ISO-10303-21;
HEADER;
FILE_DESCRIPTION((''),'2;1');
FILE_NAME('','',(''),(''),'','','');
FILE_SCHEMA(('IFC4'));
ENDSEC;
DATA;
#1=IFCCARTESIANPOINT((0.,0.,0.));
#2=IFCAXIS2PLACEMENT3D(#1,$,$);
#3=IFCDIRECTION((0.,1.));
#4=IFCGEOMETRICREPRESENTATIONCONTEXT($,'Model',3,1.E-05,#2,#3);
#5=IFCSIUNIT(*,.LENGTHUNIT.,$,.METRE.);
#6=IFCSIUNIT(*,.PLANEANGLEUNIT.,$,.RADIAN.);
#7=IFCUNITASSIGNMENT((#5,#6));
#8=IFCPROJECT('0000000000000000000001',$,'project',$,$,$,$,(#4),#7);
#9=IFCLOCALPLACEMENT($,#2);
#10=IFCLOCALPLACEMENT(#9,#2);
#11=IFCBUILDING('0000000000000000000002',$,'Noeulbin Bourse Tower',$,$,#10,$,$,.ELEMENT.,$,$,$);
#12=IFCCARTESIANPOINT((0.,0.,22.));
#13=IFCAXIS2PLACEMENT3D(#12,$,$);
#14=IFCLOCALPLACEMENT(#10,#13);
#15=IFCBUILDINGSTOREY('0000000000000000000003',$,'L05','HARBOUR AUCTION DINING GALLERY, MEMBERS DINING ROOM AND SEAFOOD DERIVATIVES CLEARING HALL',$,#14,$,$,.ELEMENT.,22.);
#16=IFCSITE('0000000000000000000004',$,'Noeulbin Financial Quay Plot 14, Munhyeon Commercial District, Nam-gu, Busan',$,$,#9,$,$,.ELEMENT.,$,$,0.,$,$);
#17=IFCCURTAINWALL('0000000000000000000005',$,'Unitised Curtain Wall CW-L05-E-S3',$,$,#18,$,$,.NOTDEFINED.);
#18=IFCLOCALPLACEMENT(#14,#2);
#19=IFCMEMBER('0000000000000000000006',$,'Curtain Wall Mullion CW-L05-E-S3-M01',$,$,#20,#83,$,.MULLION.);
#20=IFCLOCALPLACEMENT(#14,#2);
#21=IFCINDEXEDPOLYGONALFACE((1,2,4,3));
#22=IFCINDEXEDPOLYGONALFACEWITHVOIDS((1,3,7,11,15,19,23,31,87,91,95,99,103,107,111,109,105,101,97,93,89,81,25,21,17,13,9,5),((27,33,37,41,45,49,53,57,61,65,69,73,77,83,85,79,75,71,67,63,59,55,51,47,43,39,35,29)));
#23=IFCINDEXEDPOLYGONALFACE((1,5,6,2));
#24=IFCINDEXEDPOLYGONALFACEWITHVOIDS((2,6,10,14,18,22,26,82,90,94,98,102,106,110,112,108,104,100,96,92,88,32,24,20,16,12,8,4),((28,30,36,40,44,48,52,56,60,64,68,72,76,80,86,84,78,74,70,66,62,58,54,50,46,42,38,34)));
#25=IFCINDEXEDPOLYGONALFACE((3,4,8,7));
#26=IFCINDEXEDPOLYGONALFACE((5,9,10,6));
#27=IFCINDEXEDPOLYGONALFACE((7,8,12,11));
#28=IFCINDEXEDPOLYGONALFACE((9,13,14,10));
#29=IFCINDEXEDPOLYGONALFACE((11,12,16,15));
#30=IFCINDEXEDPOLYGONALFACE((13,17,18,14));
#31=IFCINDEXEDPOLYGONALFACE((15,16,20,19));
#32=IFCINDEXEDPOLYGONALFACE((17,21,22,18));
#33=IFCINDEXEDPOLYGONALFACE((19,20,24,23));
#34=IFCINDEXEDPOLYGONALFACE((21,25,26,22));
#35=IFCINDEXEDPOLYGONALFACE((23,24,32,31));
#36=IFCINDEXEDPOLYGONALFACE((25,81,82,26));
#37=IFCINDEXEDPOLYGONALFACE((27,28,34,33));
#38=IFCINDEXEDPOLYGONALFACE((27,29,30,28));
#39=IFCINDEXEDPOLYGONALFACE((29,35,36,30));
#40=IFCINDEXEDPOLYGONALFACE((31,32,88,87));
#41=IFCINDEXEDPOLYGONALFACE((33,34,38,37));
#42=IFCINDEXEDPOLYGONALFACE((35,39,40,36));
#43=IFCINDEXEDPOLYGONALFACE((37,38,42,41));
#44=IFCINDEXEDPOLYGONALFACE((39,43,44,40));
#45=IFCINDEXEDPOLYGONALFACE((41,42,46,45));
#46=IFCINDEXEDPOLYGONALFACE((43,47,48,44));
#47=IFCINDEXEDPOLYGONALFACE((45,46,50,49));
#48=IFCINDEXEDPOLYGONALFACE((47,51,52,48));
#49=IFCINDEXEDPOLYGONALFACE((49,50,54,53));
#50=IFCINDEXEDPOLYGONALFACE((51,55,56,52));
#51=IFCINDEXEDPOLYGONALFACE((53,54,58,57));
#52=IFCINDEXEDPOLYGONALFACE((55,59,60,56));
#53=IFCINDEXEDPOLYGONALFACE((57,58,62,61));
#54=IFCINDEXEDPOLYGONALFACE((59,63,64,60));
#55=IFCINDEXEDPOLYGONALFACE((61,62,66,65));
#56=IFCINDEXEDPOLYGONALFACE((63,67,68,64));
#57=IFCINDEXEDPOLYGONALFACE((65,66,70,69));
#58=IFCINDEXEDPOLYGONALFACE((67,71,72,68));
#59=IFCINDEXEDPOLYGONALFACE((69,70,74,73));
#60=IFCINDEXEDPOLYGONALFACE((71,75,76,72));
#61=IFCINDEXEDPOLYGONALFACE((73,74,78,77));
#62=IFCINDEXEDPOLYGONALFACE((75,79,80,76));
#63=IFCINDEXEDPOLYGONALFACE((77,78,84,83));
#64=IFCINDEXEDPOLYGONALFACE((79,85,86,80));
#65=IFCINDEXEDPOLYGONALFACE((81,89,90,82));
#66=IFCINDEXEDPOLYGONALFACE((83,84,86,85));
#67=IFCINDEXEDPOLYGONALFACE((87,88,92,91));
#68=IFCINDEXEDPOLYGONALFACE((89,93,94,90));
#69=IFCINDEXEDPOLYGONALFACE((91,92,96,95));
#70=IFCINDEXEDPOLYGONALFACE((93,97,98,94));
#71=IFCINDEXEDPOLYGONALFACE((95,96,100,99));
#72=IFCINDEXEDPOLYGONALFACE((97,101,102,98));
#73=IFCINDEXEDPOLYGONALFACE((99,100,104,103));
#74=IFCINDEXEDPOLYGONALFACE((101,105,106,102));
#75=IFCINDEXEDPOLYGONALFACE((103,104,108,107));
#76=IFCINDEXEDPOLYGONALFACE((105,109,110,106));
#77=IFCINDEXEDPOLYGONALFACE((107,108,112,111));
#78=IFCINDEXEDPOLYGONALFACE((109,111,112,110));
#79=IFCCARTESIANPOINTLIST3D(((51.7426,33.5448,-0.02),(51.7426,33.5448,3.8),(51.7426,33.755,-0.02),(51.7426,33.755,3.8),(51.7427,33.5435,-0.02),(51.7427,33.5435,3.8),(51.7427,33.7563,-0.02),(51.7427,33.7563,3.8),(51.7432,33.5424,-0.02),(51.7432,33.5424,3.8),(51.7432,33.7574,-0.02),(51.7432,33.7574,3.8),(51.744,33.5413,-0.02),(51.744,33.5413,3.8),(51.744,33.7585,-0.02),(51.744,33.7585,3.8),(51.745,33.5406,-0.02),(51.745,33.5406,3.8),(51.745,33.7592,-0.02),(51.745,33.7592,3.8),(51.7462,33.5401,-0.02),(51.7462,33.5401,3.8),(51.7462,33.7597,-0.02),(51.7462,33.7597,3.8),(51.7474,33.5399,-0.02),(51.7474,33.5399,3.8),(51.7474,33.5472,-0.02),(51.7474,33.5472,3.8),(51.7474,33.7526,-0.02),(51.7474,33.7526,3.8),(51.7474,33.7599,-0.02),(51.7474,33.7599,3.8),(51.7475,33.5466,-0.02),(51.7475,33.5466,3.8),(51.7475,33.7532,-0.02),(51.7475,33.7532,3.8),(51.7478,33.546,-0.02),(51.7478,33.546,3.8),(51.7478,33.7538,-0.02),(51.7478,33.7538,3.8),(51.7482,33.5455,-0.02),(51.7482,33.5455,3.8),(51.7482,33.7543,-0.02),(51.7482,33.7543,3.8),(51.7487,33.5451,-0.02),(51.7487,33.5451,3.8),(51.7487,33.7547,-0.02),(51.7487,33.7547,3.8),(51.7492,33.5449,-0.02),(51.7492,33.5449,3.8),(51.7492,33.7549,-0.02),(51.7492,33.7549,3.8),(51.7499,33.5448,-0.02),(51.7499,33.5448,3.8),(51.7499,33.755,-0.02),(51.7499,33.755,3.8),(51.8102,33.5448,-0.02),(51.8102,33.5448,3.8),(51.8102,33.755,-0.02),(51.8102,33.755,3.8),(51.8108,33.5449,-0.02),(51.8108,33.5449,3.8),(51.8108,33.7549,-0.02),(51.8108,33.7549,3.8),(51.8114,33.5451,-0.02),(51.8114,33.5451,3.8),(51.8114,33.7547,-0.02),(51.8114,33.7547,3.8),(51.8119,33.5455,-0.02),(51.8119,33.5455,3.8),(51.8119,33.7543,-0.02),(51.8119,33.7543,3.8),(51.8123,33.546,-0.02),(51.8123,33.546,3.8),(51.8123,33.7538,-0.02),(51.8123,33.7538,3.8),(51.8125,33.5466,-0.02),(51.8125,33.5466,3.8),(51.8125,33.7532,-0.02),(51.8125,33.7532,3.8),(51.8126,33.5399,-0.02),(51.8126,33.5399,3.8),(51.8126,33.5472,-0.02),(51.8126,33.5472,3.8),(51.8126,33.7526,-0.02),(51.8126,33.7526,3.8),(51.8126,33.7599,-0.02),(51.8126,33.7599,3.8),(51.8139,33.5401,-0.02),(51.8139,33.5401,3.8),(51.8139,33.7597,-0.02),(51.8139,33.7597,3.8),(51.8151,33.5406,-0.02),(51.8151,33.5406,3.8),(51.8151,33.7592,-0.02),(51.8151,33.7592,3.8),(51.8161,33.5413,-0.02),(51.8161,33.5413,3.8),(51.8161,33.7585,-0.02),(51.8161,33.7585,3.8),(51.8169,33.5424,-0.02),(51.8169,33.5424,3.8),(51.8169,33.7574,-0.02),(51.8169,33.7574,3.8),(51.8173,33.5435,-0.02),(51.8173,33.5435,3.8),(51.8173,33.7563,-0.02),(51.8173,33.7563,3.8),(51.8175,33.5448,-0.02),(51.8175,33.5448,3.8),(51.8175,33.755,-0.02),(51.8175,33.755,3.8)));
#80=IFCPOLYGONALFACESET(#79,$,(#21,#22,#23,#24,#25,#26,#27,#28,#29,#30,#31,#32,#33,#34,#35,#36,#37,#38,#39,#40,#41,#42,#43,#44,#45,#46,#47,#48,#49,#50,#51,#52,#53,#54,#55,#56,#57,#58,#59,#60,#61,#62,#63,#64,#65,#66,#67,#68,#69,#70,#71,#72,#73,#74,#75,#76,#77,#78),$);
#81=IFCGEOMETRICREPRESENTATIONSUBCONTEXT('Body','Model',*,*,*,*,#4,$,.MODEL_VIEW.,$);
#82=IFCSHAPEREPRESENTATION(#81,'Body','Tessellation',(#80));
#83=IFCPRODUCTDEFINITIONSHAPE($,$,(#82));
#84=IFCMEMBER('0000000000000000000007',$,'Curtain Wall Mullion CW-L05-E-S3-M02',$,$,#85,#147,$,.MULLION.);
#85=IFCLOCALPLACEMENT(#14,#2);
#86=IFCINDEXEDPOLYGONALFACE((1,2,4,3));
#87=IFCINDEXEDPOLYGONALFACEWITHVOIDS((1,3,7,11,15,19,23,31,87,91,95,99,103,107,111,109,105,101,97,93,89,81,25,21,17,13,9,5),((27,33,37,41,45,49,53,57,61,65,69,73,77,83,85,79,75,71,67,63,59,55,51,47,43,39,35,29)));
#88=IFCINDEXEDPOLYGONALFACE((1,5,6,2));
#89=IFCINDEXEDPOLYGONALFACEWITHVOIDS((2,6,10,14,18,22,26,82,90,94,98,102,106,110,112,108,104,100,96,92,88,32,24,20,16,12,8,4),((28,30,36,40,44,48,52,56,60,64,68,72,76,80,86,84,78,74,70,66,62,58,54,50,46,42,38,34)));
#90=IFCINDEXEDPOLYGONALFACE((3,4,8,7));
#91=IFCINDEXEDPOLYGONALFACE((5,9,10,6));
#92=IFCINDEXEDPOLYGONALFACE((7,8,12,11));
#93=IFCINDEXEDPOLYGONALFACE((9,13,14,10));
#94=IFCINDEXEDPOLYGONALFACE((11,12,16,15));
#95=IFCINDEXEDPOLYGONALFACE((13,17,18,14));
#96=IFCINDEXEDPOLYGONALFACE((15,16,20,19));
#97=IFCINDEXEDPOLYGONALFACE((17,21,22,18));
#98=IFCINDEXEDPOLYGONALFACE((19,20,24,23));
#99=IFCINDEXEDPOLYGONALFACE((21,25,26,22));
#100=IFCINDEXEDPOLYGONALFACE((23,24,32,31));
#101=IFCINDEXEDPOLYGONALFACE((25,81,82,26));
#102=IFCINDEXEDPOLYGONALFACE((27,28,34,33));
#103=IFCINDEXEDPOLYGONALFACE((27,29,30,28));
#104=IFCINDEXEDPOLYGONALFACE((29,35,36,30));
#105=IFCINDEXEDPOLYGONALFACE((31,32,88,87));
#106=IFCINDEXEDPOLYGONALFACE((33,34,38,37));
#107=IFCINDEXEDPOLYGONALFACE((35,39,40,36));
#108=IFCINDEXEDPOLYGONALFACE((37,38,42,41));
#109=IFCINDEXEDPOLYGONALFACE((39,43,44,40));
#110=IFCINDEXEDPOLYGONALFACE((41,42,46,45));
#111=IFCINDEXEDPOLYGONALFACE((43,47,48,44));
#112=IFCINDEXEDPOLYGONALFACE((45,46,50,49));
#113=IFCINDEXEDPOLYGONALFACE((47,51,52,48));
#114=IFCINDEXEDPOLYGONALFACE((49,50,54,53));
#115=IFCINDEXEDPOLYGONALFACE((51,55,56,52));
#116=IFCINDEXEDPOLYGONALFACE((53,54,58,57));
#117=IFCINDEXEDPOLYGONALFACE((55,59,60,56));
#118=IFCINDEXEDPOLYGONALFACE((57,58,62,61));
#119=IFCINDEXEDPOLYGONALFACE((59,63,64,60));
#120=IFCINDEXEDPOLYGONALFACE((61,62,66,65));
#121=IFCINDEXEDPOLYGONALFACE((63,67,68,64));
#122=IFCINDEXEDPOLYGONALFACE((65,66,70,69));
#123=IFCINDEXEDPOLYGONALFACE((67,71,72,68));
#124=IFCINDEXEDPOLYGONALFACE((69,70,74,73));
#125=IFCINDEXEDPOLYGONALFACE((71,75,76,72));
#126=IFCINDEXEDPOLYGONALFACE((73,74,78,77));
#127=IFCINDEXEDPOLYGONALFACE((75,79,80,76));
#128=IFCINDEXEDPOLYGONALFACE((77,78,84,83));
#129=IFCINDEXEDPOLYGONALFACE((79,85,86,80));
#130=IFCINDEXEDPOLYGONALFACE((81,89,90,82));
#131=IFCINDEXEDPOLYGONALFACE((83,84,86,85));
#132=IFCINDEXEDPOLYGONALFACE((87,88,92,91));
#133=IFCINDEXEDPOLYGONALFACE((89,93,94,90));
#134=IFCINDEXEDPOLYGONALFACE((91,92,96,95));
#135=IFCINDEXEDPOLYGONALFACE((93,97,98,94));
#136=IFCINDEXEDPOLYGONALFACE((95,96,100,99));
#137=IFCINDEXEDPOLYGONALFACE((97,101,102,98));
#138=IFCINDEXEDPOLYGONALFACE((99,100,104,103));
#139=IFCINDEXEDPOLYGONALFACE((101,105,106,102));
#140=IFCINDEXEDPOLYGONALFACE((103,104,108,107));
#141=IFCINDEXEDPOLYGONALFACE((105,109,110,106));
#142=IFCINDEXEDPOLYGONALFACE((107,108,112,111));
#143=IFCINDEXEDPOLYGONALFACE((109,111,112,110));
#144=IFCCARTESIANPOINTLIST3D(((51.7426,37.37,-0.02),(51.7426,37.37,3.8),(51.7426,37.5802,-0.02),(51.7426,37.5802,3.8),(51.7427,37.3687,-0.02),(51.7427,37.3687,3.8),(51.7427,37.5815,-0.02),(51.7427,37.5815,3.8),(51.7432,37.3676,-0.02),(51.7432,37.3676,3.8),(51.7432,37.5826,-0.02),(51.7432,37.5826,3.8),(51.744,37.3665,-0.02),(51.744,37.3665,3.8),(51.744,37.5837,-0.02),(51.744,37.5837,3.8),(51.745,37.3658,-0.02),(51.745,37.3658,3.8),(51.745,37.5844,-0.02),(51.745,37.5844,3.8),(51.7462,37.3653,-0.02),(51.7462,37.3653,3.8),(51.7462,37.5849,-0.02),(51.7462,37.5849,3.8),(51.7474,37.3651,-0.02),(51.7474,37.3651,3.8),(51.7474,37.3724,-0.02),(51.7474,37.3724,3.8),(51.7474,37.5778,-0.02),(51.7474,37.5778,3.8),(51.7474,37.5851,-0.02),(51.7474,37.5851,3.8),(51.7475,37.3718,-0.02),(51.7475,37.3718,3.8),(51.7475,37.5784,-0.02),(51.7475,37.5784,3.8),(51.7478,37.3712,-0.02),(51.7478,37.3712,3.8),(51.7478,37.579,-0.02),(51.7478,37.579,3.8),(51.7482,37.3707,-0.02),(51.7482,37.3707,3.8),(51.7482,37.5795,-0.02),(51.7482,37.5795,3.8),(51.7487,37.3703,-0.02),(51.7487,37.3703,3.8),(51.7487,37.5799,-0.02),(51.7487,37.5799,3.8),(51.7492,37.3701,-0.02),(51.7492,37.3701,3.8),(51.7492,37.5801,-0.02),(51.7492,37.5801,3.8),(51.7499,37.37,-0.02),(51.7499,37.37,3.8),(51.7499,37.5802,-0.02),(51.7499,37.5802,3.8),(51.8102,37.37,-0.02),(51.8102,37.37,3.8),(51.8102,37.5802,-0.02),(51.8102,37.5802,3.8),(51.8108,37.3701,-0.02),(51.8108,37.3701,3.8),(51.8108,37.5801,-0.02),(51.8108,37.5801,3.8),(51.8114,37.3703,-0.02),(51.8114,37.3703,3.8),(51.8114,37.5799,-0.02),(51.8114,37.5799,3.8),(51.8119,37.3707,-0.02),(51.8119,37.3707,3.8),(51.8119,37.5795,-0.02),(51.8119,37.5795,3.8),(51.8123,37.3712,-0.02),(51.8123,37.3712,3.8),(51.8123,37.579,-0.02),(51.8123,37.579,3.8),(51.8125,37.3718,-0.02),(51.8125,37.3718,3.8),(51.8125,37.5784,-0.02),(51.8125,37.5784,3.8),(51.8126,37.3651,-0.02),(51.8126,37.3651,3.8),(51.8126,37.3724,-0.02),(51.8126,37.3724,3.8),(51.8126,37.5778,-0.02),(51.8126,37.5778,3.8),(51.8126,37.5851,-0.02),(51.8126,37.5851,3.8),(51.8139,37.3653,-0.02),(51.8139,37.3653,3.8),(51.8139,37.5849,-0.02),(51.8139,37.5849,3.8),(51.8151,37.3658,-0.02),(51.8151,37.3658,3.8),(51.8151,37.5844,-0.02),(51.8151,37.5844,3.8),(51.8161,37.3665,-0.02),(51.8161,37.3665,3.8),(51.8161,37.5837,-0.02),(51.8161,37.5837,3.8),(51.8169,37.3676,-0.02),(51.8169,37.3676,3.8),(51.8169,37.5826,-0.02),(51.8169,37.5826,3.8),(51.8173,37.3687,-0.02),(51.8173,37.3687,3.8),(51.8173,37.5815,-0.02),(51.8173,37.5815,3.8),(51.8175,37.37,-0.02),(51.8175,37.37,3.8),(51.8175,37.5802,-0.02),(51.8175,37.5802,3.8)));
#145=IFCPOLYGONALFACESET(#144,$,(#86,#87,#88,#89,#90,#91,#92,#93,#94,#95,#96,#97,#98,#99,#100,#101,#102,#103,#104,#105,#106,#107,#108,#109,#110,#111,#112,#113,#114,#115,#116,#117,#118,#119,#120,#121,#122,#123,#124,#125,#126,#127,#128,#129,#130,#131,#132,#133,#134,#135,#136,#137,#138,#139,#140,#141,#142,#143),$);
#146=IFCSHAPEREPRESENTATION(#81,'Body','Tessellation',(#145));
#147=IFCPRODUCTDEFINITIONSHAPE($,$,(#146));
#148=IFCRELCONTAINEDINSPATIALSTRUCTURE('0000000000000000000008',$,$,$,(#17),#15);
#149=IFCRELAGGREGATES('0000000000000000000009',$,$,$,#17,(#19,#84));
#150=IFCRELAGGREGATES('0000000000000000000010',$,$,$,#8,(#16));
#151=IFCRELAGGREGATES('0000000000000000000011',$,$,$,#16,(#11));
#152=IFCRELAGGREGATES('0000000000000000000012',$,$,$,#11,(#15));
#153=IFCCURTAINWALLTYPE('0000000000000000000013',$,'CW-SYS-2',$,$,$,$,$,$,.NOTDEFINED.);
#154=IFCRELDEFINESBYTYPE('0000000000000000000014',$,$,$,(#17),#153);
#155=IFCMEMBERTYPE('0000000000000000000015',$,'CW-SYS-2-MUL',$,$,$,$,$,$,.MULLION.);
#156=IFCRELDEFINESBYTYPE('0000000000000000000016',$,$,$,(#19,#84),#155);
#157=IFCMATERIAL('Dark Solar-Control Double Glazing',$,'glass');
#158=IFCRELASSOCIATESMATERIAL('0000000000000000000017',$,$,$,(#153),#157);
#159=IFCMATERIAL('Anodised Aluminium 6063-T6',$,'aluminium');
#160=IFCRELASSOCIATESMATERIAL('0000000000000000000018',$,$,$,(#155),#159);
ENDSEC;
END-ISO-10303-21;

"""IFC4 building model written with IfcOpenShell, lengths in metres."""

from ifc_helpers import new_model, si_unit, direction, frame, origin, origin_2d, place, context, subcontext, project, spatial, hollow_rectangle, extrude, material, material_profile, profile_set, type_object, element, aggregate, save


model = new_model("IFC4")

# Units and contexts
model_context = context("Model", 3, precision=1e-05, world=origin(), true_north=direction((0.0, 1.0)))
body_context = subcontext(model_context, "Body", "Model", "MODEL_VIEW")
ifc_project = project(units=[si_unit("LENGTHUNIT", "METRE"), si_unit("PLANEANGLEUNIT", "RADIAN")], contexts=[model_context])

# Site, building, storey
site_placement = place(None, origin())
site = spatial("IfcSite", under=ifc_project, at=site_placement, Name="Noeulbin Financial Quay Plot 14, Munhyeon Commercial District, Nam-gu, Busan", CompositionType="ELEMENT", RefElevation=0.0)
building_placement = place(site_placement, origin())
building = spatial("IfcBuilding", under=site, at=building_placement, Name="Noeulbin Bourse Tower", CompositionType="ELEMENT")
storey_placement = place(building_placement, frame((0.0, 0.0, 22.0)))
storey = spatial("IfcBuildingStorey", under=building, at=storey_placement, Name="L05", Description="HARBOUR AUCTION DINING GALLERY, MEMBERS DINING ROOM AND SEAFOOD DERIVATIVES CLEARING HALL", CompositionType="ELEMENT", Elevation=22.0)

# Shared definitions
ifc_material_1 = material(Name="Anodised Aluminium 6063-T6", Category="aluminium")

# Shared definitions
ifc_material_2 = material(Name="Dark Solar-Control Double Glazing", Category="glass")
curtain_wall_type_1 = type_object("IfcCurtainWallType", Name="CW-SYS-2", PredefinedType="NOTDEFINED", material=ifc_material_2)
ifc_material_profile_1 = material_profile(ifc_material_1, hollow_rectangle(XDim=0.075, YDim=0.22, WallThickness=0.0049, InnerFilletRadius=0.0024, OuterFilletRadius=0.0049, at=origin_2d()), Name="ALU-MULL-75x220x5", Category="LoadBearing")
ifc_profile_set_1 = profile_set([ifc_material_profile_1], Name="Anodised Aluminium 6063-T6")
member_type_1 = type_object("IfcMemberType", Name="CW-SYS-2-MUL", PredefinedType="MULLION", material=ifc_profile_set_1)

# Curtain wall, members
curtain_wall_1_placement = place(storey_placement, origin())
curtain_wall_1 = element("IfcCurtainWall", 1, at=curtain_wall_1_placement, inside=storey, type_object=curtain_wall_type_1, Name="Unitised Curtain Wall CW-L05-E-S3", PredefinedType="NOTDEFINED")
member_1_placement = place(storey_placement, frame((51.78, 33.6499, -0.02), z_axis=(0.0, 0.0, 1.0), x_axis=(1.0, 0.0, 0.0)))
member_1 = element("IfcMember", 2, at=member_1_placement, type_object=member_type_1, Name="Curtain Wall Mullion CW-L05-E-S3-M01", PredefinedType="MULLION", context=body_context, shape_type="SweptSolid", body=[
    extrude(hollow_rectangle(XDim=0.075, YDim=0.22, WallThickness=0.0049, InnerFilletRadius=0.0024, OuterFilletRadius=0.0049, at=origin_2d()), origin(), (0.0, 0.0, 1.0), 3.8201),
])
member_2_placement = place(storey_placement, frame((51.78, 37.4751, -0.02), z_axis=(0.0, 0.0, 1.0), x_axis=(1.0, 0.0, 0.0)))
member_2 = element("IfcMember", 3, at=member_2_placement, type_object=member_type_1, Name="Curtain Wall Mullion CW-L05-E-S3-M02", PredefinedType="MULLION", context=body_context, shape_type="SweptSolid", body=[
    extrude(hollow_rectangle(XDim=0.075, YDim=0.22, WallThickness=0.0049, InnerFilletRadius=0.0024, OuterFilletRadius=0.0049, at=origin_2d()), origin(), (0.0, 0.0, 1.0), 3.8201),
])

aggregate(curtain_wall_1, [member_1, member_2])

save(model, "model.ifc")
